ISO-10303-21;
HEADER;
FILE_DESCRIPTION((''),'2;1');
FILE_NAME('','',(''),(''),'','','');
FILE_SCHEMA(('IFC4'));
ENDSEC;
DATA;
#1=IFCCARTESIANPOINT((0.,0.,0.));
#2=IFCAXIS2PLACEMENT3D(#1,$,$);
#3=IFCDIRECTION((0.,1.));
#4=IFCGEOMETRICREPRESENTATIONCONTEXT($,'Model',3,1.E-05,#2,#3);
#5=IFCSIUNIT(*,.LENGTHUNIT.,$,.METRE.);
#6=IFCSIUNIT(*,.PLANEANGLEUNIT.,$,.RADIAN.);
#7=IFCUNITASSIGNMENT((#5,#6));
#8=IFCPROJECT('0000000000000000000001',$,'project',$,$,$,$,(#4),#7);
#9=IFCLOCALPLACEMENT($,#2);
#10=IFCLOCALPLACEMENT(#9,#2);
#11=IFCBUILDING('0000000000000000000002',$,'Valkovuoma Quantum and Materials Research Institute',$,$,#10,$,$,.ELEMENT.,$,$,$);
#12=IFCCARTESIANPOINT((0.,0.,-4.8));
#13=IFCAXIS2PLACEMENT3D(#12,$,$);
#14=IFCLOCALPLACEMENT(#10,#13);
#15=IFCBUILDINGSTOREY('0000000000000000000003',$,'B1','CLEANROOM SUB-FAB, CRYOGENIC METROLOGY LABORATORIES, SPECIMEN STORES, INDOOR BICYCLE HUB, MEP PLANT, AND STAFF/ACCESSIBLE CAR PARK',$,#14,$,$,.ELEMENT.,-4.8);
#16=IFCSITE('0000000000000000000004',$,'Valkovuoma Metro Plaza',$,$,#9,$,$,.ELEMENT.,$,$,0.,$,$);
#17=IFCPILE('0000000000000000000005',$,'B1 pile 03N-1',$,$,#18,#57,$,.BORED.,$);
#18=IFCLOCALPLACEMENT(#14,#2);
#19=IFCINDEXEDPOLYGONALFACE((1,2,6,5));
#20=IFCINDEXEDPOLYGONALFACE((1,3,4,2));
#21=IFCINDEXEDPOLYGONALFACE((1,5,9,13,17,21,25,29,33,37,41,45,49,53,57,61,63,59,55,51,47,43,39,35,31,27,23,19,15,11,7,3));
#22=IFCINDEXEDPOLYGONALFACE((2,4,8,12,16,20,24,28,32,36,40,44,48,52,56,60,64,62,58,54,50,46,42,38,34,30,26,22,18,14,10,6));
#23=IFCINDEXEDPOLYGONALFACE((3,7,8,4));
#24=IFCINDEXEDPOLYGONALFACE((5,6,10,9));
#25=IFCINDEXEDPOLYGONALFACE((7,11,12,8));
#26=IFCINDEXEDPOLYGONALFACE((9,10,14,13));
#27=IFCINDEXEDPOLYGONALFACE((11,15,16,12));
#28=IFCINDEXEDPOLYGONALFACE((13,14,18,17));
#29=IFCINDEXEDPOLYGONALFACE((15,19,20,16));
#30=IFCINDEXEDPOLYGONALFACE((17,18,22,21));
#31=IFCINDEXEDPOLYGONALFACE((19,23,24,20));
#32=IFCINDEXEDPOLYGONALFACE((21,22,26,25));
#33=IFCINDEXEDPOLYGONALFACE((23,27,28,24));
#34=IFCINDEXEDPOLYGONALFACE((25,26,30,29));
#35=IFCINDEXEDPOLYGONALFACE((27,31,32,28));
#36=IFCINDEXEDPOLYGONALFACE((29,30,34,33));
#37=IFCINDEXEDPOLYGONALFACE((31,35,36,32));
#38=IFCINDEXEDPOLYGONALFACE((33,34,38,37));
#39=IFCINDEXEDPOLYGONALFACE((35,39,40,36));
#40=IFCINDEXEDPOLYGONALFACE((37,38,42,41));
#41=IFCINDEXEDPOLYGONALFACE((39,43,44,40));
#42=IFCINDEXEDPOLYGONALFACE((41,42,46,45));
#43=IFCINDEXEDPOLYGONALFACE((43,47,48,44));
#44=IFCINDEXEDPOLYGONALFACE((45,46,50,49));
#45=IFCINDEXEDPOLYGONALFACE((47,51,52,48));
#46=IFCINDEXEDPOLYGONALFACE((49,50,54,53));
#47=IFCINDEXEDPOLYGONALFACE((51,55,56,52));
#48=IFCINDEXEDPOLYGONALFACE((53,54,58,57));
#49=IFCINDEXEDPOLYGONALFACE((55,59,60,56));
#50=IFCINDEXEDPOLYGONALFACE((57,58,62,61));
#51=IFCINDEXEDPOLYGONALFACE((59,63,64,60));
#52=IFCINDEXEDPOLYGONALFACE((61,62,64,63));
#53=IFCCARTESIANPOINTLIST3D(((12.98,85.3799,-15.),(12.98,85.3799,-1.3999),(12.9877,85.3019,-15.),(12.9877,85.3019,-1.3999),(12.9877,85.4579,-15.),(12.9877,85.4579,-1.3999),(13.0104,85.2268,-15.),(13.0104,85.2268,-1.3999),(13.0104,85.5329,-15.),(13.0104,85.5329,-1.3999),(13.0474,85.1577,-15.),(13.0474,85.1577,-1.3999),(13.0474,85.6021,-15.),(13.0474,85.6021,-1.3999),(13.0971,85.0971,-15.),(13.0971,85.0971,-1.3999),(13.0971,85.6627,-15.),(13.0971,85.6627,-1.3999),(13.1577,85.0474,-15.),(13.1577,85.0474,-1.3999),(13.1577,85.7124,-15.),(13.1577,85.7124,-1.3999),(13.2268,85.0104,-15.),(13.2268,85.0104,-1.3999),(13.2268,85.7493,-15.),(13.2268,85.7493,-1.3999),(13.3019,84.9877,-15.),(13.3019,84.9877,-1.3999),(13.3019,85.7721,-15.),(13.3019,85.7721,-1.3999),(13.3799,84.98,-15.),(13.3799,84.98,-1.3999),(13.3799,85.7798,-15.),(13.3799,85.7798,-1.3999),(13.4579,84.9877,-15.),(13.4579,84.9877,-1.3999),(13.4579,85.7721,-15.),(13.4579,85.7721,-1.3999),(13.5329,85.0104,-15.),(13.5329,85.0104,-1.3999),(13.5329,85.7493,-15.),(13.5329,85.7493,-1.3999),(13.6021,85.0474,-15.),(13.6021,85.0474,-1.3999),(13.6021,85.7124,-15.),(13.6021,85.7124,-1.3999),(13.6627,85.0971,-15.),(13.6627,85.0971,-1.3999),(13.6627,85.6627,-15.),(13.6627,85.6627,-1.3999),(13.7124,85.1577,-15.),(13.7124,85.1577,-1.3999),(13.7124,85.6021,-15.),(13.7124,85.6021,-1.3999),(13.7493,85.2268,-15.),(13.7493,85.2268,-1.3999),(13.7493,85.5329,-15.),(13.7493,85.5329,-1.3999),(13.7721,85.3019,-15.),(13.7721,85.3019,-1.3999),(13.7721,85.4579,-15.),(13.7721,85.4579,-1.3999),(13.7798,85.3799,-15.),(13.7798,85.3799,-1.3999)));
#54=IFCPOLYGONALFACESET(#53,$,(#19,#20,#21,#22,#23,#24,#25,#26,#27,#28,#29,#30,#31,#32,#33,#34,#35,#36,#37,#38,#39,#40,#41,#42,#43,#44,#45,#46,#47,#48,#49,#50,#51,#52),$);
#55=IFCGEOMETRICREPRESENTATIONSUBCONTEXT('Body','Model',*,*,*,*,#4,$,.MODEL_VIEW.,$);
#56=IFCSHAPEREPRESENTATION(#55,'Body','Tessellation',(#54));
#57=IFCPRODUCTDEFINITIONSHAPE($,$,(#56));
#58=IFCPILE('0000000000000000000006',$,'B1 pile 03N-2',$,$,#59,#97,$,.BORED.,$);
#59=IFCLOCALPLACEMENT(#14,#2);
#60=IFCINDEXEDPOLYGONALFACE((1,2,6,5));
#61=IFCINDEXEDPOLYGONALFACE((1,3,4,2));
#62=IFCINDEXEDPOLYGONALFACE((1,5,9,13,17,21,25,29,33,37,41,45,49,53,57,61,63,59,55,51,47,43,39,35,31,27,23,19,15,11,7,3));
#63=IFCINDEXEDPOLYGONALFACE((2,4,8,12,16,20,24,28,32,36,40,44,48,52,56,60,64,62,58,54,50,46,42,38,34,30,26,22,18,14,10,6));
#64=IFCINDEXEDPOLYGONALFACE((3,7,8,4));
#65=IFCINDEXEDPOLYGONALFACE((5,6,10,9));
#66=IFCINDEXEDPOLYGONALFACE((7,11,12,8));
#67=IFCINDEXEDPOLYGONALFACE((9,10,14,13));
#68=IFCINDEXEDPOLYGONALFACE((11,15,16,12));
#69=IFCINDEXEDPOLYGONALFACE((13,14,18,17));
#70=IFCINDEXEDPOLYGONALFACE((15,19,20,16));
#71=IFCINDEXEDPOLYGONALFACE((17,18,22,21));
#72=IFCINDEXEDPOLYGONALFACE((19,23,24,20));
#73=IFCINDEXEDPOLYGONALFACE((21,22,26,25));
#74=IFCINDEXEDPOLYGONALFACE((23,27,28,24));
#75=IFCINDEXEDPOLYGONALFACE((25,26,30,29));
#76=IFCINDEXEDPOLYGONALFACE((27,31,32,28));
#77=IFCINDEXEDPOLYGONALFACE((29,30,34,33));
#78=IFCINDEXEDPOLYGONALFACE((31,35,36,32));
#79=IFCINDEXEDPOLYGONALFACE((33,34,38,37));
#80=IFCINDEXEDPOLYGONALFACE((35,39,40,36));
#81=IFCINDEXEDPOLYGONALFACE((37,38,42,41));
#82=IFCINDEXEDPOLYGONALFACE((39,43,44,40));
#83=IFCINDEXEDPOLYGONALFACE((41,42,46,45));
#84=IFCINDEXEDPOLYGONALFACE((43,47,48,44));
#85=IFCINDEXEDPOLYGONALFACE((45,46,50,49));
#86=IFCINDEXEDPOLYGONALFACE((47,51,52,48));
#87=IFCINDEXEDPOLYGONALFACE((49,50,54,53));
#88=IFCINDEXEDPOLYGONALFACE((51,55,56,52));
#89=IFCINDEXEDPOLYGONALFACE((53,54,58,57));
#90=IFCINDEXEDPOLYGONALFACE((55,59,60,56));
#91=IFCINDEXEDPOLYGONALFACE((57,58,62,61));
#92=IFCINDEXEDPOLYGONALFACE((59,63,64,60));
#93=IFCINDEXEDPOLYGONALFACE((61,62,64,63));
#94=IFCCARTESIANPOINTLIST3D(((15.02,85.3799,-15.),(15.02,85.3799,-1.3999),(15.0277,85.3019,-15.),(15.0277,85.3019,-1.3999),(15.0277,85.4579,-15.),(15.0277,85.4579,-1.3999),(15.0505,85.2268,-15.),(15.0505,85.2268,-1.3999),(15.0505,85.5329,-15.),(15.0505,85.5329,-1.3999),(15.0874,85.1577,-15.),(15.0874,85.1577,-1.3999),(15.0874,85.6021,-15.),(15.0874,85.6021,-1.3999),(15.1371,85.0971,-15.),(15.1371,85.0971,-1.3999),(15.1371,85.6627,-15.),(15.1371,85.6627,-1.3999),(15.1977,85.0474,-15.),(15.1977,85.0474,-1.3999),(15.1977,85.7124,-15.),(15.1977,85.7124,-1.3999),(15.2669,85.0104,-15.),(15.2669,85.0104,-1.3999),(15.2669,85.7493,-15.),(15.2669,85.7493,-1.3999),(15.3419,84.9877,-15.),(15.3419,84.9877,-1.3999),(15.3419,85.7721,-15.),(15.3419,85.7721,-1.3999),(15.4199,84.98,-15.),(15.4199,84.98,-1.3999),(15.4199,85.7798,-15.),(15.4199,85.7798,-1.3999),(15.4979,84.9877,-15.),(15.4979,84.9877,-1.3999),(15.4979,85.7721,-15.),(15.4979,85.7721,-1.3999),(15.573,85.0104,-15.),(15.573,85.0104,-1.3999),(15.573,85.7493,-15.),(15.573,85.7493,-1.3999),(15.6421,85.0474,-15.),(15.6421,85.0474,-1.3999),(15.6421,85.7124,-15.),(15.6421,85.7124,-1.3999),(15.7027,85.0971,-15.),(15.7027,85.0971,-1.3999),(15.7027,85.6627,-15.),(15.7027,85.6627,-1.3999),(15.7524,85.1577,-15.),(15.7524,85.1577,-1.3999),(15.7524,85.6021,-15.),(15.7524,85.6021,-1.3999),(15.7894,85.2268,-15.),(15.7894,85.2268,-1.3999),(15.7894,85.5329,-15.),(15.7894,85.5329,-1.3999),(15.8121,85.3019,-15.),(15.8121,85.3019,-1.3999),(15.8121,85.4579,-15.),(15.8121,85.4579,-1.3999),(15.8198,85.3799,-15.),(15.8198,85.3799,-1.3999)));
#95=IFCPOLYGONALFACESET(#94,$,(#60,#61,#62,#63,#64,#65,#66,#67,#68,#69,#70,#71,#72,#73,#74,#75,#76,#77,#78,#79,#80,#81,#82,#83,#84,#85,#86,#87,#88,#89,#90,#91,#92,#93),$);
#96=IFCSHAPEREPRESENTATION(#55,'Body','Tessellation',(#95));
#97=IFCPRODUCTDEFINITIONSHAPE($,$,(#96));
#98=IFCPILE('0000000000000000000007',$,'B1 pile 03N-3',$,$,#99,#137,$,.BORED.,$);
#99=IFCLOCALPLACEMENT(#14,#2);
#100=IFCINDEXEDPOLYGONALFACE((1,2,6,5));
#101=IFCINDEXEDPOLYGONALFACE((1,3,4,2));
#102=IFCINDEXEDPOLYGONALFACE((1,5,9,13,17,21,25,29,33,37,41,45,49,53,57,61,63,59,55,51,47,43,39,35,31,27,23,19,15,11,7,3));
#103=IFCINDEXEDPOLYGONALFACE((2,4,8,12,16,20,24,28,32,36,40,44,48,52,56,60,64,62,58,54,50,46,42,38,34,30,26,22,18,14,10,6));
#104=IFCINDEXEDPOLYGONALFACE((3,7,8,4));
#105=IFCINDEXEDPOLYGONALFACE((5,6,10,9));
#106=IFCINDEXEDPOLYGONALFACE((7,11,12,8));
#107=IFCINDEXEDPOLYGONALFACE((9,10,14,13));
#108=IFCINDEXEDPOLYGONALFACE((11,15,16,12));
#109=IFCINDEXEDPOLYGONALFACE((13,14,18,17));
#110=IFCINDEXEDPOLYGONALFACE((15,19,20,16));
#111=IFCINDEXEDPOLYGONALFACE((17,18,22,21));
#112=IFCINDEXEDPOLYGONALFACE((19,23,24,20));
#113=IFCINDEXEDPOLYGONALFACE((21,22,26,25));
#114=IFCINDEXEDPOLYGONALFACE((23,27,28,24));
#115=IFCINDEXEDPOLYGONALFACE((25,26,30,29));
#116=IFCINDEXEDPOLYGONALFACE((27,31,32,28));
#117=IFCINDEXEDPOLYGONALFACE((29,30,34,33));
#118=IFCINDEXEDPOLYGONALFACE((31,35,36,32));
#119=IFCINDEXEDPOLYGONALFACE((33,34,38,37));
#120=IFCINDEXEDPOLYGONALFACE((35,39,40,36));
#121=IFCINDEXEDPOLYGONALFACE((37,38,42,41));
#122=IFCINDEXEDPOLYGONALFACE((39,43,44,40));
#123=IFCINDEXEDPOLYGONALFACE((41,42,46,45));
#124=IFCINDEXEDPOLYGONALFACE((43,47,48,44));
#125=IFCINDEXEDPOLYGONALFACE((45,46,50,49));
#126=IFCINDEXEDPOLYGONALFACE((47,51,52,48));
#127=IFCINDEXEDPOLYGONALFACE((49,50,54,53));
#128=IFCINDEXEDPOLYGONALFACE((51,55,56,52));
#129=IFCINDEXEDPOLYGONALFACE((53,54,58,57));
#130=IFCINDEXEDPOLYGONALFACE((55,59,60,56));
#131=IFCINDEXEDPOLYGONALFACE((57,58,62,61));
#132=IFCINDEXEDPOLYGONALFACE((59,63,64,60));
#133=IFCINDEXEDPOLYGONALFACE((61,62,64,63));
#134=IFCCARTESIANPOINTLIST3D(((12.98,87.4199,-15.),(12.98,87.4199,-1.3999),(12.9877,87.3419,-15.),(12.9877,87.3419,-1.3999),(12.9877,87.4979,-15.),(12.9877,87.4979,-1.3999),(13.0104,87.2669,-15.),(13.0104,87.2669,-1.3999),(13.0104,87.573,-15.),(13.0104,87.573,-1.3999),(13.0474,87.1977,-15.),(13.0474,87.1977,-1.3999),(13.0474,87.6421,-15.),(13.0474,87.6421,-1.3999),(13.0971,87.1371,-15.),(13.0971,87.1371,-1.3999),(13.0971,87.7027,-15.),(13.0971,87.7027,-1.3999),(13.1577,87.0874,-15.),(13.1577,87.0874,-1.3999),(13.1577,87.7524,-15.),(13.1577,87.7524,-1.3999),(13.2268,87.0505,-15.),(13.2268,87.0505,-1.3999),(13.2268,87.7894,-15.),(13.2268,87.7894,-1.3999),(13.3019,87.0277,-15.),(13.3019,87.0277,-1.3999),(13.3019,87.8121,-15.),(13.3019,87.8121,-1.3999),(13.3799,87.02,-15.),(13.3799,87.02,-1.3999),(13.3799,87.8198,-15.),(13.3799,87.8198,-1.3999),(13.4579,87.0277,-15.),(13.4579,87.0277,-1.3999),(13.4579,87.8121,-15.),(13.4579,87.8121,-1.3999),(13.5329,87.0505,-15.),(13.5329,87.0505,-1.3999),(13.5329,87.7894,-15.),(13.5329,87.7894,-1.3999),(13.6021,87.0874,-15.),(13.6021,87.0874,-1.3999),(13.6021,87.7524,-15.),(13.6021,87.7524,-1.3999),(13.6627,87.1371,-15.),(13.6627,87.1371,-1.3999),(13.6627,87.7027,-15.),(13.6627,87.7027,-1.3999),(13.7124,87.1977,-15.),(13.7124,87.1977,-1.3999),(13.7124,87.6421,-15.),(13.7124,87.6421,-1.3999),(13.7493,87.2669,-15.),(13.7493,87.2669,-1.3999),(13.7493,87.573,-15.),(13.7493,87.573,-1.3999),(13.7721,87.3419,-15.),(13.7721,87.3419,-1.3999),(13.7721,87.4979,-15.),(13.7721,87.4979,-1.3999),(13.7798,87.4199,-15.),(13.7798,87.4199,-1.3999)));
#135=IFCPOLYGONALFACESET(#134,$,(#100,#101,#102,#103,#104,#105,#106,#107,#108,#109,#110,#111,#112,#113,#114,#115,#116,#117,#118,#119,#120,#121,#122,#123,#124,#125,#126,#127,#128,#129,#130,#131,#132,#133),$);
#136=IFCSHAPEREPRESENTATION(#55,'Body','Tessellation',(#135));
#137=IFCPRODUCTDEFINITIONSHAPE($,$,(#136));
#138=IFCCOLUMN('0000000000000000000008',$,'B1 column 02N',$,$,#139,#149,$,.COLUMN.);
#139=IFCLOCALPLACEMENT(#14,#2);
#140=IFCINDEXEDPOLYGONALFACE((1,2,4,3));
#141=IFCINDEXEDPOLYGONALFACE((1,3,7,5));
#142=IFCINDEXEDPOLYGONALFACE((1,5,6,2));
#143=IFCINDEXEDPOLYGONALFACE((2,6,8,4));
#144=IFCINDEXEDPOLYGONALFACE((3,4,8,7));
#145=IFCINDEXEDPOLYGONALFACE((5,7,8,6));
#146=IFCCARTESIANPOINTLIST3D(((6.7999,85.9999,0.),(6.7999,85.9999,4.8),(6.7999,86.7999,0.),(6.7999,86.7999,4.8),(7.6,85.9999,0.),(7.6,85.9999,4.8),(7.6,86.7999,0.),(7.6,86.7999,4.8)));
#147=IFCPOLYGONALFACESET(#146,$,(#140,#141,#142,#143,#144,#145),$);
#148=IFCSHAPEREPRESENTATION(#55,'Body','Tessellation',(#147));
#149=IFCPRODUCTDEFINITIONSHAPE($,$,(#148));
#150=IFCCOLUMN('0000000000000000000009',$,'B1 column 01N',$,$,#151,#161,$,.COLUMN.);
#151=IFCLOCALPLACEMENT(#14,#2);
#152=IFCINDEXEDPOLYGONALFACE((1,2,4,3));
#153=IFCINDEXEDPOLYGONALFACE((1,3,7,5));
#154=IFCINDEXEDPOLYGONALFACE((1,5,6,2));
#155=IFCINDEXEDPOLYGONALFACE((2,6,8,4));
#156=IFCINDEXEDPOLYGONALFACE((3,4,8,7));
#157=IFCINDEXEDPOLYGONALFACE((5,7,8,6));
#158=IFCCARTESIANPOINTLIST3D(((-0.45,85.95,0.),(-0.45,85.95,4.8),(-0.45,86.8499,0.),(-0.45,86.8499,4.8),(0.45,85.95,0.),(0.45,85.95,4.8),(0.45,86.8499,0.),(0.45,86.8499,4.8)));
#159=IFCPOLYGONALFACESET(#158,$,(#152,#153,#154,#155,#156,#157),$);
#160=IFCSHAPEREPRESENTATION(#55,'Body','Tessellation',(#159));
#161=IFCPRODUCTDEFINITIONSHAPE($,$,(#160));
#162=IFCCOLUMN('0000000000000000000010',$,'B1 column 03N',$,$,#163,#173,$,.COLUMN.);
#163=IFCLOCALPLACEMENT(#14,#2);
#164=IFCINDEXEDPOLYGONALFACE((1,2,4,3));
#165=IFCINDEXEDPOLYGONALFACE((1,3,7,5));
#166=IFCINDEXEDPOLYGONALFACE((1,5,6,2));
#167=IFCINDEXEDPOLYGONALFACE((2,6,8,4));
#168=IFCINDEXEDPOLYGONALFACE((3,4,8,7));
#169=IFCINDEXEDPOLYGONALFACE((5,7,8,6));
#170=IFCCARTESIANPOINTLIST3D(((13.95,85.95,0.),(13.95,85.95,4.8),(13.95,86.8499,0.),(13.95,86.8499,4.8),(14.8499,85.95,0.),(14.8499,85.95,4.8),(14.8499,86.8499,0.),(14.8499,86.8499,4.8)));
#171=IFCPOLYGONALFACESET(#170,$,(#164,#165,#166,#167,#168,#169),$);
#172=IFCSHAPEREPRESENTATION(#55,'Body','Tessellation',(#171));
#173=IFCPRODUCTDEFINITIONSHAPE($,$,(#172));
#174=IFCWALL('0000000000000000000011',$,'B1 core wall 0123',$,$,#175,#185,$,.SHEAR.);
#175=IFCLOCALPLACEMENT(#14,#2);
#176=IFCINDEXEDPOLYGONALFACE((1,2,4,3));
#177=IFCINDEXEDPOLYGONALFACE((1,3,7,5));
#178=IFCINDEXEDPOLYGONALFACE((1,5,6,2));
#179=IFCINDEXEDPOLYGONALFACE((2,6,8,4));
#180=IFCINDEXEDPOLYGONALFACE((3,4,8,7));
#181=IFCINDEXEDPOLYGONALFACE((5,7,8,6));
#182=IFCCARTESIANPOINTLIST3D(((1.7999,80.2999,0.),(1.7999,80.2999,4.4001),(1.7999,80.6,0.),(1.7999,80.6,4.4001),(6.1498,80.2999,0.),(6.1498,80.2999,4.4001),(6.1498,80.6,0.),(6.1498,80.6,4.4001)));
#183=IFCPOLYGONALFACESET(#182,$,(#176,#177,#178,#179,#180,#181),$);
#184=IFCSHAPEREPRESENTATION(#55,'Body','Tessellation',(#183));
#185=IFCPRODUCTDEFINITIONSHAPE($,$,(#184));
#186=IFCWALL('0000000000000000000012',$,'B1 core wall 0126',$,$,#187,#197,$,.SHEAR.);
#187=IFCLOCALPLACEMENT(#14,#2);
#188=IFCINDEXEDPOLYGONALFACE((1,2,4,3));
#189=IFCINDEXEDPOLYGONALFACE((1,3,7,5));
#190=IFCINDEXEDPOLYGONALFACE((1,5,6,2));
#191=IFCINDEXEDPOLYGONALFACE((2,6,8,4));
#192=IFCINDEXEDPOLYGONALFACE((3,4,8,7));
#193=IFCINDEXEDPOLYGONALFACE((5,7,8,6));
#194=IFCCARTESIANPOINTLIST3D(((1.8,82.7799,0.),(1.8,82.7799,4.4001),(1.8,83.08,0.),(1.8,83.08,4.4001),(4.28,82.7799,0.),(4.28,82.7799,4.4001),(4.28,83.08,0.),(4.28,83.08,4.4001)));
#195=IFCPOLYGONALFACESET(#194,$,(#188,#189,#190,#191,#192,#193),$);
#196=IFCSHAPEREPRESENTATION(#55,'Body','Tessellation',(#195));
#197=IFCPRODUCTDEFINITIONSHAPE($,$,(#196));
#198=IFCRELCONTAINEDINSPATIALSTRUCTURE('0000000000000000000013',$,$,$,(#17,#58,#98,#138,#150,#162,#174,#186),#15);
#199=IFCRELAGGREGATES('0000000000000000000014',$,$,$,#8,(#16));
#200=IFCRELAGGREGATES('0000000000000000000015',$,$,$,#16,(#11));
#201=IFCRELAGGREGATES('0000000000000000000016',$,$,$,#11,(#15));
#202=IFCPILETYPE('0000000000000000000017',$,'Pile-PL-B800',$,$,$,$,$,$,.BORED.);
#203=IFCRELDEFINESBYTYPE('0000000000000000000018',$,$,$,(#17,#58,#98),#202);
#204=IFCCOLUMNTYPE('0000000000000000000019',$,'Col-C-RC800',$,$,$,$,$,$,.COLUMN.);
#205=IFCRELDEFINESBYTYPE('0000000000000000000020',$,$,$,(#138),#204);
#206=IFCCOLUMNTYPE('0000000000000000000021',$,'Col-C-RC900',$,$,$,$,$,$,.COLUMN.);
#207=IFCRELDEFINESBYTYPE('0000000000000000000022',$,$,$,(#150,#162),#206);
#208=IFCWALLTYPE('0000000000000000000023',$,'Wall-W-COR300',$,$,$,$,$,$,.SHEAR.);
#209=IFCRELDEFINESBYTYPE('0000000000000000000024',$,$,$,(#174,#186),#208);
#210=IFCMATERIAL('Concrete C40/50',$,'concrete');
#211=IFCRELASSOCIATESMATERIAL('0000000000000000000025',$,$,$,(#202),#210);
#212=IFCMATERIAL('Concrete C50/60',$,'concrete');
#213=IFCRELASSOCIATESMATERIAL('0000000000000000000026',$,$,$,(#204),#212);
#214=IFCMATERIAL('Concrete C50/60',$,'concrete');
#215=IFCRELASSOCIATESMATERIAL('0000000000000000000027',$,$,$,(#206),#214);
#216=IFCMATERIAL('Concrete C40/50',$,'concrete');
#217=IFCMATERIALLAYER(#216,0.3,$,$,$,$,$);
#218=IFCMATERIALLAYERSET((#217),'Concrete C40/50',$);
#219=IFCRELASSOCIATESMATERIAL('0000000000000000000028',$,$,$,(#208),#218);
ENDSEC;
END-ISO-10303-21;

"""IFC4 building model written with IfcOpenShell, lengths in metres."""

from ifc_helpers import new_model, si_unit, direction, frame, frame_2d, origin, origin_2d, place, context, subcontext, project, spatial, rectangle, circle, extrude, material, layer, layer_set, material_profile, profile_set, type_object, element, save


model = new_model("IFC4")

# Units and contexts
model_context = context("Model", 3, precision=1e-05, world=origin(), true_north=direction((0.0, 1.0)))
body_context = subcontext(model_context, "Body", "Model", "MODEL_VIEW")
ifc_project = project(units=[si_unit("LENGTHUNIT", "METRE"), si_unit("PLANEANGLEUNIT", "RADIAN")], contexts=[model_context])

# Site, building, storey
site_placement = place(None, origin())
site = spatial("IfcSite", under=ifc_project, at=site_placement, Name="Valkovuoma Metro Plaza", CompositionType="ELEMENT", RefElevation=0.0)
building_placement = place(site_placement, origin())
building = spatial("IfcBuilding", under=site, at=building_placement, Name="Valkovuoma Quantum and Materials Research Institute", CompositionType="ELEMENT")
storey_placement = place(building_placement, frame((0.0, 0.0, -4.8)))
storey = spatial("IfcBuildingStorey", under=building, at=storey_placement, Name="B1", Description="CLEANROOM SUB-FAB, CRYOGENIC METROLOGY LABORATORIES, SPECIMEN STORES, INDOOR BICYCLE HUB, MEP PLANT, AND STAFF/ACCESSIBLE CAR PARK", CompositionType="ELEMENT", Elevation=-4.8)

# Piles
ifc_material_1 = material(Name="Concrete C40/50", Category="concrete")
ifc_material_profile_1 = material_profile(ifc_material_1, circle(Radius=0.3999, at=origin_2d()), Name="Concrete C40/50")
ifc_profile_set_1 = profile_set([ifc_material_profile_1], Name="Concrete C40/50")
pile_type = type_object("IfcPileType", Name="Pile-PL-B800", PredefinedType="BORED", material=ifc_profile_set_1)
for number, where, z_axis, x_axis, name in (
    (1, (13.3799, 85.3799, -1.3999), (0.0, 0.0, -1.0), (1.0, 0.0, 0.0), "B1 pile 03N-1"),
    (2, (15.4199, 85.3799, -1.3999), (0.0, 0.0, -1.0), (1.0, 0.0, 0.0), "B1 pile 03N-2"),
    (3, (13.3799, 87.4199, -1.3999), (0.0, 0.0, -1.0), (1.0, 0.0, 0.0), "B1 pile 03N-3"),
):
    element("IfcPile", number, at=place(storey_placement, frame(where, z_axis=z_axis, x_axis=x_axis)), inside=storey, type_object=pile_type, Name=name, PredefinedType="BORED", context=body_context, shape_type="SweptSolid", body=[
        extrude(circle(Radius=0.3999, at=origin_2d()), origin(), (0.0, 0.0, 1.0), 13.6001),
    ])

# Columns
ifc_material_2 = material(Name="Concrete C50/60", Category="concrete")
ifc_material_profile_2 = material_profile(ifc_material_2, rectangle(XDim=0.8, YDim=0.8, at=origin_2d()), Name="Concrete C50/60")
ifc_profile_set_2 = profile_set([ifc_material_profile_2], Name="Concrete C50/60")
column_type_1 = type_object("IfcColumnType", Name="Col-C-RC800", PredefinedType="COLUMN", material=ifc_profile_set_2)
column_placement = place(storey_placement, frame((7.2, 86.3999, 0.0), z_axis=(0.0, 0.0, 1.0), x_axis=(1.0, 0.0, 0.0)))
element("IfcColumn", 4, at=column_placement, inside=storey, type_object=column_type_1, Name="B1 column 02N", PredefinedType="COLUMN", context=body_context, shape_type="SweptSolid", body=[
    extrude(rectangle(XDim=0.8, YDim=0.8, at=origin_2d()), origin(), (0.0, 0.0, 1.0), 4.8),
])
ifc_material_3 = material(Name="Concrete C50/60", Category="concrete")
ifc_material_profile_3 = material_profile(ifc_material_3, rectangle(XDim=0.8999, YDim=0.8999, at=origin_2d()), Name="Concrete C50/60")
ifc_profile_set_3 = profile_set([ifc_material_profile_3], Name="Concrete C50/60")
column_type_2 = type_object("IfcColumnType", Name="Col-C-RC900", PredefinedType="COLUMN", material=ifc_profile_set_3)
for number, where, z_axis, x_axis, name in (
    (5, (0.0, 86.3999, 0.0), (0.0, 0.0, 1.0), (1.0, 0.0, 0.0), "B1 column 01N"),
    (6, (14.3999, 86.3999, 0.0), (0.0, 0.0, 1.0), (1.0, 0.0, 0.0), "B1 column 03N"),
):
    element("IfcColumn", number, at=place(storey_placement, frame(where, z_axis=z_axis, x_axis=x_axis)), inside=storey, type_object=column_type_2, Name=name, PredefinedType="COLUMN", context=body_context, shape_type="SweptSolid", body=[
        extrude(rectangle(XDim=0.8999, YDim=0.8999, at=origin_2d()), origin(), (0.0, 0.0, 1.0), 4.8),
    ])

# Walls
ifc_material_4 = material(Name="Concrete C40/50", Category="concrete")
ifc_layer_1 = layer(ifc_material_4, 0.3)
ifc_layer_set_1 = layer_set([ifc_layer_1], Name="Concrete C40/50")
wall_type_1 = type_object("IfcWallType", Name="Wall-W-COR300", PredefinedType="SHEAR", material=ifc_layer_set_1)
wall_1_placement = place(storey_placement, frame((1.8, 80.45, 0.0), z_axis=(0.0, 0.0, 1.0), x_axis=(1.0, 0.0, 0.0)))
element("IfcWall", 7, at=wall_1_placement, inside=storey, type_object=wall_type_1, Name="B1 core wall 0123", PredefinedType="SHEAR", context=body_context, shape_type="SweptSolid", body=[
    extrude(rectangle(XDim=4.3499, YDim=0.3, at=frame_2d((2.1748, 0.0))), origin(), (0.0, 0.0, 1.0), 4.4001),
])
wall_2_placement = place(storey_placement, frame((1.8, 82.9299, 0.0), z_axis=(0.0, 0.0, 1.0), x_axis=(1.0, 0.0, 0.0)))
element("IfcWall", 8, at=wall_2_placement, inside=storey, type_object=wall_type_1, Name="B1 core wall 0126", PredefinedType="SHEAR", context=body_context, shape_type="SweptSolid", body=[
    extrude(rectangle(XDim=2.48, YDim=0.3, at=frame_2d((1.24, 0.0))), origin(), (0.0, 0.0, 1.0), 4.4001),
])

save(model, "model.ifc")
